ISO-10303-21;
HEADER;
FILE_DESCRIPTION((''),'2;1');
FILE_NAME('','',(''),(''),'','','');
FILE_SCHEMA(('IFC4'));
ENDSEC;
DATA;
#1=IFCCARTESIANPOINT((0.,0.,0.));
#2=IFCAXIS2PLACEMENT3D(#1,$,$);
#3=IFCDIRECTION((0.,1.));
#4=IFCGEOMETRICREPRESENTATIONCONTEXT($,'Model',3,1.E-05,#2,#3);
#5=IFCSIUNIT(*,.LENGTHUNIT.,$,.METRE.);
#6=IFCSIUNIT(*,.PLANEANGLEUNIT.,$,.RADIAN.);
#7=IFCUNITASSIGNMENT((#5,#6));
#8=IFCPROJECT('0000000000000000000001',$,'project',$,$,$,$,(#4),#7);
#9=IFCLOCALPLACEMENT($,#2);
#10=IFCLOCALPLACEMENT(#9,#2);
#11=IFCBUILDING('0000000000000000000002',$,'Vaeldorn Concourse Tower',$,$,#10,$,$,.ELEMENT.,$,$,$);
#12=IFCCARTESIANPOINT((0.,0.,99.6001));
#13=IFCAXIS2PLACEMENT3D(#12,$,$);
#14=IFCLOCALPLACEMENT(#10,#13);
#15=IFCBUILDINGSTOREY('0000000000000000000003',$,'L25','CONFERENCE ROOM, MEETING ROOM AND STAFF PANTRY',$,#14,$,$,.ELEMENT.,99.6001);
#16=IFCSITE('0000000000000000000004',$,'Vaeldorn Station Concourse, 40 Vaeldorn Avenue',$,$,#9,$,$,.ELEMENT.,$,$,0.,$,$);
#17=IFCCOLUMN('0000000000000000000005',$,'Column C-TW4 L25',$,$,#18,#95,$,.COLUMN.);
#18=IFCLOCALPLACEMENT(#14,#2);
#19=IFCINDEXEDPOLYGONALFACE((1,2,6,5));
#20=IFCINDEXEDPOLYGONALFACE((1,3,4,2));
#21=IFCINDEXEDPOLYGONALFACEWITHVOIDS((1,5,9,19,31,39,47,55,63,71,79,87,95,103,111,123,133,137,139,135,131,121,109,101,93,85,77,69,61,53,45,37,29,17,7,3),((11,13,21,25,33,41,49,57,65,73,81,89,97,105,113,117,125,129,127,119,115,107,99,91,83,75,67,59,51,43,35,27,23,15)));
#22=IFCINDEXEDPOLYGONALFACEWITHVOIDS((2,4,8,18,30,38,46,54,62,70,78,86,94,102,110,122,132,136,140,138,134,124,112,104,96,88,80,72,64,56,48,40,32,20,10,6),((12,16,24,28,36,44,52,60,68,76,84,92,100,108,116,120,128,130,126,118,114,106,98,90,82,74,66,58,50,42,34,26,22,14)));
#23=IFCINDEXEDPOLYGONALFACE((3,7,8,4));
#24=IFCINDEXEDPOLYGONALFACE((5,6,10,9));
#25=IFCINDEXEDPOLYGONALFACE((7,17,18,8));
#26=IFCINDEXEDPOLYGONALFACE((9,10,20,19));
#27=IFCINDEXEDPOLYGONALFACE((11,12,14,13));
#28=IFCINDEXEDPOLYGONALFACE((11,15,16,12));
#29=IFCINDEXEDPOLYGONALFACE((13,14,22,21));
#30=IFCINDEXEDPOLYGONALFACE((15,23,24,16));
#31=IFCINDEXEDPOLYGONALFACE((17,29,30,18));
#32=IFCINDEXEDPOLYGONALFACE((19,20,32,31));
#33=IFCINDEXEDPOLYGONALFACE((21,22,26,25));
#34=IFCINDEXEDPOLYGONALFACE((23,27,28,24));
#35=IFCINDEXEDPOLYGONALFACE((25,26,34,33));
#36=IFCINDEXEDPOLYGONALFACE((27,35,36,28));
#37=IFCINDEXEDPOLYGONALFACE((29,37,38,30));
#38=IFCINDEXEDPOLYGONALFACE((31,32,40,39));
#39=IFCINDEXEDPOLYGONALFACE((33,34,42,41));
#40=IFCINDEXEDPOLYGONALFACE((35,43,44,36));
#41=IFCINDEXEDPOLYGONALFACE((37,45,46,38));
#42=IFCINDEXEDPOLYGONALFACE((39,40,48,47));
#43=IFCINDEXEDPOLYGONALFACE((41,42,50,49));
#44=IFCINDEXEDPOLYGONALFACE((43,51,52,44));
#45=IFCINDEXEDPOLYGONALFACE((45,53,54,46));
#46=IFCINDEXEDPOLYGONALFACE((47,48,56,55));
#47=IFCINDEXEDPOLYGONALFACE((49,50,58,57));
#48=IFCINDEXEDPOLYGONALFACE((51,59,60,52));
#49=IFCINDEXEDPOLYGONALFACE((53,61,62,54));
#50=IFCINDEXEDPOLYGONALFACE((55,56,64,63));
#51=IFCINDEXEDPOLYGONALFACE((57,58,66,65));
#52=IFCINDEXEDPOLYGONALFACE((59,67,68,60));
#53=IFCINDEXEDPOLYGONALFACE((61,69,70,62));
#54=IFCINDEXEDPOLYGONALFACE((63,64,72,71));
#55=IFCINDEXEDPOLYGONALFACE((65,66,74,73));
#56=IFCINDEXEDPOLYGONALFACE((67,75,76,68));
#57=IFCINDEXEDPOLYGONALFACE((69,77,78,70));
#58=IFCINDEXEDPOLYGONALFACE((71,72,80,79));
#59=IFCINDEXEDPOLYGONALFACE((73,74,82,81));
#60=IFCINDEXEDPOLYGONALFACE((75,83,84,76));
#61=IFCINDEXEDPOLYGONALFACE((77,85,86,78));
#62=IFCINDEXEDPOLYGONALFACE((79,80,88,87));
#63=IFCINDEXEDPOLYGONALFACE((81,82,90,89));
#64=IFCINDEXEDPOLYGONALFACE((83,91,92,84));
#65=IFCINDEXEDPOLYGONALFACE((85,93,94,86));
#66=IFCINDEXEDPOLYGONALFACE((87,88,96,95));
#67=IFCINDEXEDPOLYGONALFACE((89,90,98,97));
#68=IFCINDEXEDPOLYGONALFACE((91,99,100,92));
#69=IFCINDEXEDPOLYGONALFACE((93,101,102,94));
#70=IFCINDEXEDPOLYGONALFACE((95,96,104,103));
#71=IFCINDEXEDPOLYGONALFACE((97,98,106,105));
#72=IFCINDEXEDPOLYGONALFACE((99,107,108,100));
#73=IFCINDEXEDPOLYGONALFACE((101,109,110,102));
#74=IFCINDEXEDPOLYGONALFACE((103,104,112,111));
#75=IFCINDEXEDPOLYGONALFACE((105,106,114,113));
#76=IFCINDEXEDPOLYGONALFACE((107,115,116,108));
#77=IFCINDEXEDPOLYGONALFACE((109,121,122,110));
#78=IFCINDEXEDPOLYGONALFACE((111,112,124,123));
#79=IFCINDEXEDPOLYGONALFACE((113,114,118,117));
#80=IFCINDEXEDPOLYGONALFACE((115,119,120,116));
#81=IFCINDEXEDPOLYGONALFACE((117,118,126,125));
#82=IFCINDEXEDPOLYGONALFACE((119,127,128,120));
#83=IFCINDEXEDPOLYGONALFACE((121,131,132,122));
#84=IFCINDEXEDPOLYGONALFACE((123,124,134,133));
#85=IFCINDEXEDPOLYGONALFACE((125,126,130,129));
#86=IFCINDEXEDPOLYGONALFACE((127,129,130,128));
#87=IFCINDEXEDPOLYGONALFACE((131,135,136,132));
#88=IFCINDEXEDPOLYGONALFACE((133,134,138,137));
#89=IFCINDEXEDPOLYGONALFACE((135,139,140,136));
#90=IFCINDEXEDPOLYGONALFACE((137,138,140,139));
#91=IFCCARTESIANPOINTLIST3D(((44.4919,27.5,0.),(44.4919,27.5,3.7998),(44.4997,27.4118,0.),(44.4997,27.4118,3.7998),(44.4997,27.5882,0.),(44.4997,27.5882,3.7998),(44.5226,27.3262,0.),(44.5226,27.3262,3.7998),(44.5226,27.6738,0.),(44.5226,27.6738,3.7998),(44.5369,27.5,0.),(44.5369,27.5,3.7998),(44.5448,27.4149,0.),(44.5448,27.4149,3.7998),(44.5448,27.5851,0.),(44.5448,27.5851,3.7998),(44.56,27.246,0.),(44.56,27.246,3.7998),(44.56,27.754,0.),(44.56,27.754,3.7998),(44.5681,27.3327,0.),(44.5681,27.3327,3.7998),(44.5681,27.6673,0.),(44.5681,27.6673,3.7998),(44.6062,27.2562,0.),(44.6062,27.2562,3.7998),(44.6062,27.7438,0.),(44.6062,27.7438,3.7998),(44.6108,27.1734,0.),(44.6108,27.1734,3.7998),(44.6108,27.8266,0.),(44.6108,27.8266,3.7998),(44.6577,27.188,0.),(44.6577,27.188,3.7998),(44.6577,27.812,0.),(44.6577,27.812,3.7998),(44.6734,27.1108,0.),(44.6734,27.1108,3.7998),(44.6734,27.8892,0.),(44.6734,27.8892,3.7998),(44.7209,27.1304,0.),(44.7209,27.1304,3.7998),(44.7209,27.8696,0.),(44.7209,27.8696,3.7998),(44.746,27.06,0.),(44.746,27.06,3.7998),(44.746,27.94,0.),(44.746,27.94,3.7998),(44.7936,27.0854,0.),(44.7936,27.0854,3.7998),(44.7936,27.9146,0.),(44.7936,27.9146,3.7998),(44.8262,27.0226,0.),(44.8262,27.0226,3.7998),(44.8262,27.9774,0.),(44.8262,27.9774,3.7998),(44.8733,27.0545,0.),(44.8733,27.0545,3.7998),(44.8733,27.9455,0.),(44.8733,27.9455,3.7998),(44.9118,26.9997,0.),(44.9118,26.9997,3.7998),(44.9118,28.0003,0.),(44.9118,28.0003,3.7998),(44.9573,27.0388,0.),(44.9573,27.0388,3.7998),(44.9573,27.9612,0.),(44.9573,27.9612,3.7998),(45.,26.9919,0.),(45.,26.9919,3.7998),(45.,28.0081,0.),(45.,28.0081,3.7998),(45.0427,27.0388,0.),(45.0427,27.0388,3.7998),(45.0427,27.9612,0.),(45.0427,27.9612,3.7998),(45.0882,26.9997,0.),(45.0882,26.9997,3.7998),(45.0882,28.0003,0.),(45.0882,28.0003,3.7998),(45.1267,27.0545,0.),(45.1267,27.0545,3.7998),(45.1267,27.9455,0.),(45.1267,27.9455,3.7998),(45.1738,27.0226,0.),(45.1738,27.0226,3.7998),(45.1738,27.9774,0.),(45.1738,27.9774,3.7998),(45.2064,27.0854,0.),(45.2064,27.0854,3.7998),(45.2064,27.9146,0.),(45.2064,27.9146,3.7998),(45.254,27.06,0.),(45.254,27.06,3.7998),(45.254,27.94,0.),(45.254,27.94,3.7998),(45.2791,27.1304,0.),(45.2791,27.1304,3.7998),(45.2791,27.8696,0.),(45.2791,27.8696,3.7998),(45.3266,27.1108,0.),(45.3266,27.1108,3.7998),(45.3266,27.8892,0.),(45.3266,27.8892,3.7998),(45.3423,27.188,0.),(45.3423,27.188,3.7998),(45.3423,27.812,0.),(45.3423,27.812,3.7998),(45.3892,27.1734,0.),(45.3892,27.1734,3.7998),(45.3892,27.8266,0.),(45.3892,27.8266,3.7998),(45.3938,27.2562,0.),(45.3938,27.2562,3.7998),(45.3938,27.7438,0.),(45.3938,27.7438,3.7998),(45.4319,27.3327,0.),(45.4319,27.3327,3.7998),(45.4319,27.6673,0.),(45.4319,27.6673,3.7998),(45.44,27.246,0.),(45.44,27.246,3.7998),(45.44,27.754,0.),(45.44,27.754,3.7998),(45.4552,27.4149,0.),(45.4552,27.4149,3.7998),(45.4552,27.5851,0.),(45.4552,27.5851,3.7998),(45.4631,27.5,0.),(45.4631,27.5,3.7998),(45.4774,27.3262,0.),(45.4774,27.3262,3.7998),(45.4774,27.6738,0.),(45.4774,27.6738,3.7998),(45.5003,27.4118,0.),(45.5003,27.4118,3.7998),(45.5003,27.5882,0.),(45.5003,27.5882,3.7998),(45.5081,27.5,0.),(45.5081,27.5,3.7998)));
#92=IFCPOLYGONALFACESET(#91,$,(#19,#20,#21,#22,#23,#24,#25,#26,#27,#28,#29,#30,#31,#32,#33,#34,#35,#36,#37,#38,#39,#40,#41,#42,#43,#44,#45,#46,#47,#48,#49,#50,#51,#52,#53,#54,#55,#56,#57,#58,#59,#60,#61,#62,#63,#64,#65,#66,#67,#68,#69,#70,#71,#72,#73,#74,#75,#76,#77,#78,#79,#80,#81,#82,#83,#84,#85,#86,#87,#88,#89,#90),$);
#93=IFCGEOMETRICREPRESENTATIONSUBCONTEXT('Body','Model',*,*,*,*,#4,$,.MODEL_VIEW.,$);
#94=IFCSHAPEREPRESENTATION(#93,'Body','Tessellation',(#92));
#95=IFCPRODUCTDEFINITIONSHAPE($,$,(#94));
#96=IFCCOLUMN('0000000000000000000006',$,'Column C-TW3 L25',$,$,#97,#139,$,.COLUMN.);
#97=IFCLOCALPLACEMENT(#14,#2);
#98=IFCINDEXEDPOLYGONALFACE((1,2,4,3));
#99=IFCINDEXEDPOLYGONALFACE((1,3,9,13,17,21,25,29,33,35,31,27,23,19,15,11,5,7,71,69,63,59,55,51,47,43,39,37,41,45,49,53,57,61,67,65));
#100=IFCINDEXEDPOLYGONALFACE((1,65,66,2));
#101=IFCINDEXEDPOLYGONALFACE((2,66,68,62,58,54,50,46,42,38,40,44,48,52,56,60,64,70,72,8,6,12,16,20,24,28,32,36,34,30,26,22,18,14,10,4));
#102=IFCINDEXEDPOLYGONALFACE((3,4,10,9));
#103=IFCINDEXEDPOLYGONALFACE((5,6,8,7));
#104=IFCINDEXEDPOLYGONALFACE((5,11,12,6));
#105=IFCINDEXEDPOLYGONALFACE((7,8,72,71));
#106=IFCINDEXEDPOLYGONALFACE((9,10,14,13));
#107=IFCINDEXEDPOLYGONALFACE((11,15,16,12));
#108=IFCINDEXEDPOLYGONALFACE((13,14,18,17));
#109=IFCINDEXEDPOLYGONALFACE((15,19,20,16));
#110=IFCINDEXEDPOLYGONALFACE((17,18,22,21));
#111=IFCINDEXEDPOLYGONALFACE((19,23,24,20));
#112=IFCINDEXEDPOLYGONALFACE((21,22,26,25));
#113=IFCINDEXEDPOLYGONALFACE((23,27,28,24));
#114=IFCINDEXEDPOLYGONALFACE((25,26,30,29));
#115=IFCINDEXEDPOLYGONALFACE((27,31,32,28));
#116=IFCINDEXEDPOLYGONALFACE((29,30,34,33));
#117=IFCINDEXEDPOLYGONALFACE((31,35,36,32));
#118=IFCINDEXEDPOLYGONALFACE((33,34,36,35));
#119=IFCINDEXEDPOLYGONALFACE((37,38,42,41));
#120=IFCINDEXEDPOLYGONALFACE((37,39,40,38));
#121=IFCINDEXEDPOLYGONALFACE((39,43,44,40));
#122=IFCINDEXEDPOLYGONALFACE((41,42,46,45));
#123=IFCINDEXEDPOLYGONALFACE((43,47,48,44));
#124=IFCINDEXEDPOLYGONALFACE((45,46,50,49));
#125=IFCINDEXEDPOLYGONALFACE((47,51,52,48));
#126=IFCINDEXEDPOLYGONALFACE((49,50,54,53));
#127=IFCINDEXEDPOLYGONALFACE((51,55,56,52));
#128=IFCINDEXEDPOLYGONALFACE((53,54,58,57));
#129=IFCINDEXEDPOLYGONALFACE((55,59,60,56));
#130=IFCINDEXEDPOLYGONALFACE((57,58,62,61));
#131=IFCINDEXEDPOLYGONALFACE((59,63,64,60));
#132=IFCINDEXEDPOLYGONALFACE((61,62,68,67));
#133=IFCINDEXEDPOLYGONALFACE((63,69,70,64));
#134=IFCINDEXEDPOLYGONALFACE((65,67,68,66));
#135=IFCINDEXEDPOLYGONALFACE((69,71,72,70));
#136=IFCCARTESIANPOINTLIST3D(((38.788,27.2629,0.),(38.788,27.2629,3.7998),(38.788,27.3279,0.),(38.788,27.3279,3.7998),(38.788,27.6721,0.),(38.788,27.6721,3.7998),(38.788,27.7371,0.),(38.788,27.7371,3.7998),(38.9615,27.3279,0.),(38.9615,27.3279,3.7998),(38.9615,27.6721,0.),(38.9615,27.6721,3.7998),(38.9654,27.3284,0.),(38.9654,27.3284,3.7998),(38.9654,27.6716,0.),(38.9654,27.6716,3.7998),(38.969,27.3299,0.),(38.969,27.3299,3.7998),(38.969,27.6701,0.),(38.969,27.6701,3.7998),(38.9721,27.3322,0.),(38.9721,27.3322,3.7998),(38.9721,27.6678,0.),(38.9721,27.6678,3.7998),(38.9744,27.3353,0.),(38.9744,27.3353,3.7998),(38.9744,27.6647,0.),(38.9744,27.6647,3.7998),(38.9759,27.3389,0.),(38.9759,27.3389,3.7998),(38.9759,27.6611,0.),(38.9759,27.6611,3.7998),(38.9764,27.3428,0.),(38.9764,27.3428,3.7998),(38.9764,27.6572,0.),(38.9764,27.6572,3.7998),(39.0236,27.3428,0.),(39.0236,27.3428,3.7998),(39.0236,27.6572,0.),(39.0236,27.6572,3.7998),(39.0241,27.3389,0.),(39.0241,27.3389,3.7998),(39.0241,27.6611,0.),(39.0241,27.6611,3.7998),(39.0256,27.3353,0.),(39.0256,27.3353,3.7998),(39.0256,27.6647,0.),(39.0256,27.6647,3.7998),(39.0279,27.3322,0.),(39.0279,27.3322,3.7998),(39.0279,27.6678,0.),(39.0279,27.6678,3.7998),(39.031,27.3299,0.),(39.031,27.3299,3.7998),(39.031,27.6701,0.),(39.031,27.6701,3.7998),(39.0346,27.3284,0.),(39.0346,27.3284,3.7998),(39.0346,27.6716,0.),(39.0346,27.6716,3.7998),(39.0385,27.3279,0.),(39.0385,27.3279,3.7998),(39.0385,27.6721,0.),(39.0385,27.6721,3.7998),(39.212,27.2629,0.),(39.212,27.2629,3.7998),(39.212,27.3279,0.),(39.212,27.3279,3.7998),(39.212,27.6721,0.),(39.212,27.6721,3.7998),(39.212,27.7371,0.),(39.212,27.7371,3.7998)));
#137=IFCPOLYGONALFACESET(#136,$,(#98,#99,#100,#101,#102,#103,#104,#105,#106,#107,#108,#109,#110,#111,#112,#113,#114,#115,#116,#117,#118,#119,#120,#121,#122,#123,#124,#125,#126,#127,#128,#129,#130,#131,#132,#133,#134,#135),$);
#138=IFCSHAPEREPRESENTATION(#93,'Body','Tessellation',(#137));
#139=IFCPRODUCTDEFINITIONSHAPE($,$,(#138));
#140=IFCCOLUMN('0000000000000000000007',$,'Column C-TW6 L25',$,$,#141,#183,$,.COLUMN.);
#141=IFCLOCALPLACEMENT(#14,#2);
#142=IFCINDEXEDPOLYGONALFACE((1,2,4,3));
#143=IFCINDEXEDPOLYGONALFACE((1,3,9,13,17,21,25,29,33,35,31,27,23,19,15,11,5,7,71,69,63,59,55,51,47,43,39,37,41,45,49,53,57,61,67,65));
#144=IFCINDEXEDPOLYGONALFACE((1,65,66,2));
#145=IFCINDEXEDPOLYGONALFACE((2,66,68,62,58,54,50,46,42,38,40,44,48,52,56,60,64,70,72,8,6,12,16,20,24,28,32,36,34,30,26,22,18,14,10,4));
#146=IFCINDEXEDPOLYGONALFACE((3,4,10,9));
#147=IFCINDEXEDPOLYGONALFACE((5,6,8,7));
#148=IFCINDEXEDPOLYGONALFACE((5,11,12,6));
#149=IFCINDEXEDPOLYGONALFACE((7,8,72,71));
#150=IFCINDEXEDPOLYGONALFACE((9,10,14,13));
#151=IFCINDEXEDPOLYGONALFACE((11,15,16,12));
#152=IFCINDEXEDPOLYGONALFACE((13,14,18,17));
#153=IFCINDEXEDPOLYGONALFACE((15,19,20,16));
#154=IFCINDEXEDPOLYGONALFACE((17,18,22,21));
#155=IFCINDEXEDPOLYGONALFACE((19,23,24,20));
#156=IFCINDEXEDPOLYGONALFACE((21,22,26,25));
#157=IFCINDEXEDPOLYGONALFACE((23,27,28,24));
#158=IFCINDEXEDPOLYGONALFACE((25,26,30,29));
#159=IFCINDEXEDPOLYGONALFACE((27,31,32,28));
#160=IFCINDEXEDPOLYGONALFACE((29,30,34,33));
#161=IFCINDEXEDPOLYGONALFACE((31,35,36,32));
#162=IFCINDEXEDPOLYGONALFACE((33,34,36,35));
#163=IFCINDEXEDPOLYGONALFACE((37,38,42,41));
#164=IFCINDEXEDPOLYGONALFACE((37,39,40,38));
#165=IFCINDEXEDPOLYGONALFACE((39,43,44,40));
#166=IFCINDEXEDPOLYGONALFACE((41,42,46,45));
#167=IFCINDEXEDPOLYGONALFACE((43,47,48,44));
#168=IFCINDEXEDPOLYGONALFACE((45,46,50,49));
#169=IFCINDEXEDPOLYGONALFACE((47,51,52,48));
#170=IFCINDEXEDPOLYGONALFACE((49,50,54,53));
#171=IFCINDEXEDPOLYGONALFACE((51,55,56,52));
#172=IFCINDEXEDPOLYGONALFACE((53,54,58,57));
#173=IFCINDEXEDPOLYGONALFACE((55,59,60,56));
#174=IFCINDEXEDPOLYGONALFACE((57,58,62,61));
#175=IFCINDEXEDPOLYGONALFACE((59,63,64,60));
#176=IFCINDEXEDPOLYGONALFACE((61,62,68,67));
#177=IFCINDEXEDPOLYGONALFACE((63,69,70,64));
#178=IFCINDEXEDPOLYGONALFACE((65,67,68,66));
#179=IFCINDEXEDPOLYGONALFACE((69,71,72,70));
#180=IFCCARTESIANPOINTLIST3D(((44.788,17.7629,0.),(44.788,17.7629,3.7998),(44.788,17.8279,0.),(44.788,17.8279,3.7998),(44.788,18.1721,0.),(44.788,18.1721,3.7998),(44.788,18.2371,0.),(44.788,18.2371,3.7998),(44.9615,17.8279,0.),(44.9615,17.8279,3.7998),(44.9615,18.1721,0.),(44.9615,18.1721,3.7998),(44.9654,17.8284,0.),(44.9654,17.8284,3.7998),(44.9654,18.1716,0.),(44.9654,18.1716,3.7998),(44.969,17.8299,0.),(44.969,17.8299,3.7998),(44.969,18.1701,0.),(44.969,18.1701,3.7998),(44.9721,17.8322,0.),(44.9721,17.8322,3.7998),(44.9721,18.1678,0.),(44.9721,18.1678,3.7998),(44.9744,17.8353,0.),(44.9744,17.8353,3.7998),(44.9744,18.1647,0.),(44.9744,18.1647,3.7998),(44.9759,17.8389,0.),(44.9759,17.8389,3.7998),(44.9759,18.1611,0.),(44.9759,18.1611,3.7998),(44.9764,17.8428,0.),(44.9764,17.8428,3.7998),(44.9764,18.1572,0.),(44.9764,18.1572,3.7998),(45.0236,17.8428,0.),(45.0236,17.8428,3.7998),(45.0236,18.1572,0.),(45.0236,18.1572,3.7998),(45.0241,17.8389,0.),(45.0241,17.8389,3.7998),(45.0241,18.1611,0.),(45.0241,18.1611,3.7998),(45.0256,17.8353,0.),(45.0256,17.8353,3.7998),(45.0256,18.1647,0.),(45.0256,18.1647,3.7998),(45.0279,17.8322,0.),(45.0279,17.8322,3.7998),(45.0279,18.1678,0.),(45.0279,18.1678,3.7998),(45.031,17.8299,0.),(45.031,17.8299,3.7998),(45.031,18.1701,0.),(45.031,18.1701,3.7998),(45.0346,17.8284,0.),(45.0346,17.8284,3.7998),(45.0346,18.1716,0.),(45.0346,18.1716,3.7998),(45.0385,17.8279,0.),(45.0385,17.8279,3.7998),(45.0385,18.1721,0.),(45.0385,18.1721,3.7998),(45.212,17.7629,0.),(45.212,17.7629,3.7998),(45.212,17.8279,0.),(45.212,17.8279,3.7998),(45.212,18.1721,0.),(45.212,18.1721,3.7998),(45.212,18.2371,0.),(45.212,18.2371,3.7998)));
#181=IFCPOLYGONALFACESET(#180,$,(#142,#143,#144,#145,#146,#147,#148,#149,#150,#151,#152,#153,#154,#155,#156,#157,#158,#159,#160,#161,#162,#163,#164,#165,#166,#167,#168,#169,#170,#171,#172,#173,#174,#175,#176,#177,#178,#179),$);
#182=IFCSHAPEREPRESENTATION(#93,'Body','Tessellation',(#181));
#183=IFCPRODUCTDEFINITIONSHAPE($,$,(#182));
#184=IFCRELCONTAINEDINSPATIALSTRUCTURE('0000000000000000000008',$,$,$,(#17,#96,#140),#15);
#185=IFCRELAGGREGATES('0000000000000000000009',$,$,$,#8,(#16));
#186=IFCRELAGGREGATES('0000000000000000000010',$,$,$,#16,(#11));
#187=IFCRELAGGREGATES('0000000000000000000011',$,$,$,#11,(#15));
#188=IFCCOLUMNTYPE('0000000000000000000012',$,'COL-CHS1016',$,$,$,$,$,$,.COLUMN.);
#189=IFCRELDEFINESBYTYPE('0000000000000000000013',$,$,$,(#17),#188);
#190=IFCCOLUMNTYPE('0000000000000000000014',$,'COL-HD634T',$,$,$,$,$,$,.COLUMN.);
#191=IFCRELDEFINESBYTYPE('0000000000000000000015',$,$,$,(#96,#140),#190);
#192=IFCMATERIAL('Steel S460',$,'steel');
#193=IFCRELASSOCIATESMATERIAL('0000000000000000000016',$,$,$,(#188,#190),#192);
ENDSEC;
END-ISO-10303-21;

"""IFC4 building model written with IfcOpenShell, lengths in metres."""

from ifc_helpers import new_model, si_unit, direction, frame, origin, origin_2d, place, context, subcontext, project, spatial, hollow_circle, i_section, extrude, source, transform, mapped, material, material_profile, profile_set, type_object, element, save


model = new_model("IFC4")

# Units and contexts
model_context = context("Model", 3, precision=1e-05, world=origin(), true_north=direction((0.0, 1.0)))
body_context = subcontext(model_context, "Body", "Model", "MODEL_VIEW")
ifc_project = project(units=[si_unit("LENGTHUNIT", "METRE"), si_unit("PLANEANGLEUNIT", "RADIAN")], contexts=[model_context])

# Site, building, storey
site_placement = place(None, origin())
site = spatial("IfcSite", under=ifc_project, at=site_placement, Name="Vaeldorn Station Concourse, 40 Vaeldorn Avenue", CompositionType="ELEMENT", RefElevation=0.0)
building_placement = place(site_placement, origin())
building = spatial("IfcBuilding", under=site, at=building_placement, Name="Vaeldorn Concourse Tower", CompositionType="ELEMENT")
storey_placement = place(building_placement, frame((0.0, 0.0, 99.6001)))
storey = spatial("IfcBuildingStorey", under=building, at=storey_placement, Name="L25", Description="CONFERENCE ROOM, MEETING ROOM AND STAFF PANTRY", CompositionType="ELEMENT", Elevation=99.6001)

# Columns
ifc_material_1 = material(Name="Steel S460", Category="steel")
ifc_material_profile_1 = material_profile(ifc_material_1, hollow_circle(Radius=0.5081, WallThickness=0.0449, at=origin_2d()), Name="CHS 1016x45")
ifc_profile_set_1 = profile_set([ifc_material_profile_1], Name="Steel S460")
column_type_1 = type_object("IfcColumnType", Name="COL-CHS1016", PredefinedType="COLUMN", material=ifc_profile_set_1)
shared_shape_1 = source(origin(), body_context, "Body", "SweptSolid", [
    extrude(hollow_circle(Radius=0.5081, WallThickness=0.0449, at=origin_2d()), origin(), (0.0, 0.0, 1.0), 3.7998),
])
column_placement = place(storey_placement, frame((45.0, 27.5, 0.0), z_axis=(0.0, 0.0, 1.0), x_axis=(1.0, 0.0, 0.0)))
element("IfcColumn", 1, at=column_placement, inside=storey, type_object=column_type_1, Name="Column C-TW4 L25", PredefinedType="COLUMN", context=body_context, shape_type="MappedRepresentation", body=[
    mapped(shared_shape_1, transform((0.0, 0.0, 0.0), scale=1.0)),
])
ifc_material_profile_2 = material_profile(ifc_material_1, i_section(OverallWidth=0.4241, OverallDepth=0.4741, WebThickness=0.0471, FlangeThickness=0.0649, FilletRadius=0.0149, at=origin_2d()), Name="HD 400x634")
ifc_profile_set_2 = profile_set([ifc_material_profile_2], Name="Steel S460")
column_type_2 = type_object("IfcColumnType", Name="COL-HD634T", PredefinedType="COLUMN", material=ifc_profile_set_2)
shared_shape_2 = source(origin(), body_context, "Body", "SweptSolid", [
    extrude(i_section(OverallWidth=0.4241, OverallDepth=0.4741, WebThickness=0.0471, FlangeThickness=0.0649, FilletRadius=0.0149, at=origin_2d()), origin(), (0.0, 0.0, 1.0), 3.7998),
])
for number, where, z_axis, x_axis, name in (
    (2, (39.0, 27.5, 0.0), (0.0, 0.0, 1.0), (1.0, 0.0, 0.0), "Column C-TW3 L25"),
    (3, (45.0, 18.0, 0.0), (0.0, 0.0, 1.0), (1.0, 0.0, 0.0), "Column C-TW6 L25"),
):
    element("IfcColumn", number, at=place(storey_placement, frame(where, z_axis=z_axis, x_axis=x_axis)), inside=storey, type_object=column_type_2, Name=name, PredefinedType="COLUMN", context=body_context, shape_type="MappedRepresentation", body=[
        mapped(shared_shape_2, transform((0.0, 0.0, 0.0), scale=1.0)),
    ])

save(model, "model.ifc")
